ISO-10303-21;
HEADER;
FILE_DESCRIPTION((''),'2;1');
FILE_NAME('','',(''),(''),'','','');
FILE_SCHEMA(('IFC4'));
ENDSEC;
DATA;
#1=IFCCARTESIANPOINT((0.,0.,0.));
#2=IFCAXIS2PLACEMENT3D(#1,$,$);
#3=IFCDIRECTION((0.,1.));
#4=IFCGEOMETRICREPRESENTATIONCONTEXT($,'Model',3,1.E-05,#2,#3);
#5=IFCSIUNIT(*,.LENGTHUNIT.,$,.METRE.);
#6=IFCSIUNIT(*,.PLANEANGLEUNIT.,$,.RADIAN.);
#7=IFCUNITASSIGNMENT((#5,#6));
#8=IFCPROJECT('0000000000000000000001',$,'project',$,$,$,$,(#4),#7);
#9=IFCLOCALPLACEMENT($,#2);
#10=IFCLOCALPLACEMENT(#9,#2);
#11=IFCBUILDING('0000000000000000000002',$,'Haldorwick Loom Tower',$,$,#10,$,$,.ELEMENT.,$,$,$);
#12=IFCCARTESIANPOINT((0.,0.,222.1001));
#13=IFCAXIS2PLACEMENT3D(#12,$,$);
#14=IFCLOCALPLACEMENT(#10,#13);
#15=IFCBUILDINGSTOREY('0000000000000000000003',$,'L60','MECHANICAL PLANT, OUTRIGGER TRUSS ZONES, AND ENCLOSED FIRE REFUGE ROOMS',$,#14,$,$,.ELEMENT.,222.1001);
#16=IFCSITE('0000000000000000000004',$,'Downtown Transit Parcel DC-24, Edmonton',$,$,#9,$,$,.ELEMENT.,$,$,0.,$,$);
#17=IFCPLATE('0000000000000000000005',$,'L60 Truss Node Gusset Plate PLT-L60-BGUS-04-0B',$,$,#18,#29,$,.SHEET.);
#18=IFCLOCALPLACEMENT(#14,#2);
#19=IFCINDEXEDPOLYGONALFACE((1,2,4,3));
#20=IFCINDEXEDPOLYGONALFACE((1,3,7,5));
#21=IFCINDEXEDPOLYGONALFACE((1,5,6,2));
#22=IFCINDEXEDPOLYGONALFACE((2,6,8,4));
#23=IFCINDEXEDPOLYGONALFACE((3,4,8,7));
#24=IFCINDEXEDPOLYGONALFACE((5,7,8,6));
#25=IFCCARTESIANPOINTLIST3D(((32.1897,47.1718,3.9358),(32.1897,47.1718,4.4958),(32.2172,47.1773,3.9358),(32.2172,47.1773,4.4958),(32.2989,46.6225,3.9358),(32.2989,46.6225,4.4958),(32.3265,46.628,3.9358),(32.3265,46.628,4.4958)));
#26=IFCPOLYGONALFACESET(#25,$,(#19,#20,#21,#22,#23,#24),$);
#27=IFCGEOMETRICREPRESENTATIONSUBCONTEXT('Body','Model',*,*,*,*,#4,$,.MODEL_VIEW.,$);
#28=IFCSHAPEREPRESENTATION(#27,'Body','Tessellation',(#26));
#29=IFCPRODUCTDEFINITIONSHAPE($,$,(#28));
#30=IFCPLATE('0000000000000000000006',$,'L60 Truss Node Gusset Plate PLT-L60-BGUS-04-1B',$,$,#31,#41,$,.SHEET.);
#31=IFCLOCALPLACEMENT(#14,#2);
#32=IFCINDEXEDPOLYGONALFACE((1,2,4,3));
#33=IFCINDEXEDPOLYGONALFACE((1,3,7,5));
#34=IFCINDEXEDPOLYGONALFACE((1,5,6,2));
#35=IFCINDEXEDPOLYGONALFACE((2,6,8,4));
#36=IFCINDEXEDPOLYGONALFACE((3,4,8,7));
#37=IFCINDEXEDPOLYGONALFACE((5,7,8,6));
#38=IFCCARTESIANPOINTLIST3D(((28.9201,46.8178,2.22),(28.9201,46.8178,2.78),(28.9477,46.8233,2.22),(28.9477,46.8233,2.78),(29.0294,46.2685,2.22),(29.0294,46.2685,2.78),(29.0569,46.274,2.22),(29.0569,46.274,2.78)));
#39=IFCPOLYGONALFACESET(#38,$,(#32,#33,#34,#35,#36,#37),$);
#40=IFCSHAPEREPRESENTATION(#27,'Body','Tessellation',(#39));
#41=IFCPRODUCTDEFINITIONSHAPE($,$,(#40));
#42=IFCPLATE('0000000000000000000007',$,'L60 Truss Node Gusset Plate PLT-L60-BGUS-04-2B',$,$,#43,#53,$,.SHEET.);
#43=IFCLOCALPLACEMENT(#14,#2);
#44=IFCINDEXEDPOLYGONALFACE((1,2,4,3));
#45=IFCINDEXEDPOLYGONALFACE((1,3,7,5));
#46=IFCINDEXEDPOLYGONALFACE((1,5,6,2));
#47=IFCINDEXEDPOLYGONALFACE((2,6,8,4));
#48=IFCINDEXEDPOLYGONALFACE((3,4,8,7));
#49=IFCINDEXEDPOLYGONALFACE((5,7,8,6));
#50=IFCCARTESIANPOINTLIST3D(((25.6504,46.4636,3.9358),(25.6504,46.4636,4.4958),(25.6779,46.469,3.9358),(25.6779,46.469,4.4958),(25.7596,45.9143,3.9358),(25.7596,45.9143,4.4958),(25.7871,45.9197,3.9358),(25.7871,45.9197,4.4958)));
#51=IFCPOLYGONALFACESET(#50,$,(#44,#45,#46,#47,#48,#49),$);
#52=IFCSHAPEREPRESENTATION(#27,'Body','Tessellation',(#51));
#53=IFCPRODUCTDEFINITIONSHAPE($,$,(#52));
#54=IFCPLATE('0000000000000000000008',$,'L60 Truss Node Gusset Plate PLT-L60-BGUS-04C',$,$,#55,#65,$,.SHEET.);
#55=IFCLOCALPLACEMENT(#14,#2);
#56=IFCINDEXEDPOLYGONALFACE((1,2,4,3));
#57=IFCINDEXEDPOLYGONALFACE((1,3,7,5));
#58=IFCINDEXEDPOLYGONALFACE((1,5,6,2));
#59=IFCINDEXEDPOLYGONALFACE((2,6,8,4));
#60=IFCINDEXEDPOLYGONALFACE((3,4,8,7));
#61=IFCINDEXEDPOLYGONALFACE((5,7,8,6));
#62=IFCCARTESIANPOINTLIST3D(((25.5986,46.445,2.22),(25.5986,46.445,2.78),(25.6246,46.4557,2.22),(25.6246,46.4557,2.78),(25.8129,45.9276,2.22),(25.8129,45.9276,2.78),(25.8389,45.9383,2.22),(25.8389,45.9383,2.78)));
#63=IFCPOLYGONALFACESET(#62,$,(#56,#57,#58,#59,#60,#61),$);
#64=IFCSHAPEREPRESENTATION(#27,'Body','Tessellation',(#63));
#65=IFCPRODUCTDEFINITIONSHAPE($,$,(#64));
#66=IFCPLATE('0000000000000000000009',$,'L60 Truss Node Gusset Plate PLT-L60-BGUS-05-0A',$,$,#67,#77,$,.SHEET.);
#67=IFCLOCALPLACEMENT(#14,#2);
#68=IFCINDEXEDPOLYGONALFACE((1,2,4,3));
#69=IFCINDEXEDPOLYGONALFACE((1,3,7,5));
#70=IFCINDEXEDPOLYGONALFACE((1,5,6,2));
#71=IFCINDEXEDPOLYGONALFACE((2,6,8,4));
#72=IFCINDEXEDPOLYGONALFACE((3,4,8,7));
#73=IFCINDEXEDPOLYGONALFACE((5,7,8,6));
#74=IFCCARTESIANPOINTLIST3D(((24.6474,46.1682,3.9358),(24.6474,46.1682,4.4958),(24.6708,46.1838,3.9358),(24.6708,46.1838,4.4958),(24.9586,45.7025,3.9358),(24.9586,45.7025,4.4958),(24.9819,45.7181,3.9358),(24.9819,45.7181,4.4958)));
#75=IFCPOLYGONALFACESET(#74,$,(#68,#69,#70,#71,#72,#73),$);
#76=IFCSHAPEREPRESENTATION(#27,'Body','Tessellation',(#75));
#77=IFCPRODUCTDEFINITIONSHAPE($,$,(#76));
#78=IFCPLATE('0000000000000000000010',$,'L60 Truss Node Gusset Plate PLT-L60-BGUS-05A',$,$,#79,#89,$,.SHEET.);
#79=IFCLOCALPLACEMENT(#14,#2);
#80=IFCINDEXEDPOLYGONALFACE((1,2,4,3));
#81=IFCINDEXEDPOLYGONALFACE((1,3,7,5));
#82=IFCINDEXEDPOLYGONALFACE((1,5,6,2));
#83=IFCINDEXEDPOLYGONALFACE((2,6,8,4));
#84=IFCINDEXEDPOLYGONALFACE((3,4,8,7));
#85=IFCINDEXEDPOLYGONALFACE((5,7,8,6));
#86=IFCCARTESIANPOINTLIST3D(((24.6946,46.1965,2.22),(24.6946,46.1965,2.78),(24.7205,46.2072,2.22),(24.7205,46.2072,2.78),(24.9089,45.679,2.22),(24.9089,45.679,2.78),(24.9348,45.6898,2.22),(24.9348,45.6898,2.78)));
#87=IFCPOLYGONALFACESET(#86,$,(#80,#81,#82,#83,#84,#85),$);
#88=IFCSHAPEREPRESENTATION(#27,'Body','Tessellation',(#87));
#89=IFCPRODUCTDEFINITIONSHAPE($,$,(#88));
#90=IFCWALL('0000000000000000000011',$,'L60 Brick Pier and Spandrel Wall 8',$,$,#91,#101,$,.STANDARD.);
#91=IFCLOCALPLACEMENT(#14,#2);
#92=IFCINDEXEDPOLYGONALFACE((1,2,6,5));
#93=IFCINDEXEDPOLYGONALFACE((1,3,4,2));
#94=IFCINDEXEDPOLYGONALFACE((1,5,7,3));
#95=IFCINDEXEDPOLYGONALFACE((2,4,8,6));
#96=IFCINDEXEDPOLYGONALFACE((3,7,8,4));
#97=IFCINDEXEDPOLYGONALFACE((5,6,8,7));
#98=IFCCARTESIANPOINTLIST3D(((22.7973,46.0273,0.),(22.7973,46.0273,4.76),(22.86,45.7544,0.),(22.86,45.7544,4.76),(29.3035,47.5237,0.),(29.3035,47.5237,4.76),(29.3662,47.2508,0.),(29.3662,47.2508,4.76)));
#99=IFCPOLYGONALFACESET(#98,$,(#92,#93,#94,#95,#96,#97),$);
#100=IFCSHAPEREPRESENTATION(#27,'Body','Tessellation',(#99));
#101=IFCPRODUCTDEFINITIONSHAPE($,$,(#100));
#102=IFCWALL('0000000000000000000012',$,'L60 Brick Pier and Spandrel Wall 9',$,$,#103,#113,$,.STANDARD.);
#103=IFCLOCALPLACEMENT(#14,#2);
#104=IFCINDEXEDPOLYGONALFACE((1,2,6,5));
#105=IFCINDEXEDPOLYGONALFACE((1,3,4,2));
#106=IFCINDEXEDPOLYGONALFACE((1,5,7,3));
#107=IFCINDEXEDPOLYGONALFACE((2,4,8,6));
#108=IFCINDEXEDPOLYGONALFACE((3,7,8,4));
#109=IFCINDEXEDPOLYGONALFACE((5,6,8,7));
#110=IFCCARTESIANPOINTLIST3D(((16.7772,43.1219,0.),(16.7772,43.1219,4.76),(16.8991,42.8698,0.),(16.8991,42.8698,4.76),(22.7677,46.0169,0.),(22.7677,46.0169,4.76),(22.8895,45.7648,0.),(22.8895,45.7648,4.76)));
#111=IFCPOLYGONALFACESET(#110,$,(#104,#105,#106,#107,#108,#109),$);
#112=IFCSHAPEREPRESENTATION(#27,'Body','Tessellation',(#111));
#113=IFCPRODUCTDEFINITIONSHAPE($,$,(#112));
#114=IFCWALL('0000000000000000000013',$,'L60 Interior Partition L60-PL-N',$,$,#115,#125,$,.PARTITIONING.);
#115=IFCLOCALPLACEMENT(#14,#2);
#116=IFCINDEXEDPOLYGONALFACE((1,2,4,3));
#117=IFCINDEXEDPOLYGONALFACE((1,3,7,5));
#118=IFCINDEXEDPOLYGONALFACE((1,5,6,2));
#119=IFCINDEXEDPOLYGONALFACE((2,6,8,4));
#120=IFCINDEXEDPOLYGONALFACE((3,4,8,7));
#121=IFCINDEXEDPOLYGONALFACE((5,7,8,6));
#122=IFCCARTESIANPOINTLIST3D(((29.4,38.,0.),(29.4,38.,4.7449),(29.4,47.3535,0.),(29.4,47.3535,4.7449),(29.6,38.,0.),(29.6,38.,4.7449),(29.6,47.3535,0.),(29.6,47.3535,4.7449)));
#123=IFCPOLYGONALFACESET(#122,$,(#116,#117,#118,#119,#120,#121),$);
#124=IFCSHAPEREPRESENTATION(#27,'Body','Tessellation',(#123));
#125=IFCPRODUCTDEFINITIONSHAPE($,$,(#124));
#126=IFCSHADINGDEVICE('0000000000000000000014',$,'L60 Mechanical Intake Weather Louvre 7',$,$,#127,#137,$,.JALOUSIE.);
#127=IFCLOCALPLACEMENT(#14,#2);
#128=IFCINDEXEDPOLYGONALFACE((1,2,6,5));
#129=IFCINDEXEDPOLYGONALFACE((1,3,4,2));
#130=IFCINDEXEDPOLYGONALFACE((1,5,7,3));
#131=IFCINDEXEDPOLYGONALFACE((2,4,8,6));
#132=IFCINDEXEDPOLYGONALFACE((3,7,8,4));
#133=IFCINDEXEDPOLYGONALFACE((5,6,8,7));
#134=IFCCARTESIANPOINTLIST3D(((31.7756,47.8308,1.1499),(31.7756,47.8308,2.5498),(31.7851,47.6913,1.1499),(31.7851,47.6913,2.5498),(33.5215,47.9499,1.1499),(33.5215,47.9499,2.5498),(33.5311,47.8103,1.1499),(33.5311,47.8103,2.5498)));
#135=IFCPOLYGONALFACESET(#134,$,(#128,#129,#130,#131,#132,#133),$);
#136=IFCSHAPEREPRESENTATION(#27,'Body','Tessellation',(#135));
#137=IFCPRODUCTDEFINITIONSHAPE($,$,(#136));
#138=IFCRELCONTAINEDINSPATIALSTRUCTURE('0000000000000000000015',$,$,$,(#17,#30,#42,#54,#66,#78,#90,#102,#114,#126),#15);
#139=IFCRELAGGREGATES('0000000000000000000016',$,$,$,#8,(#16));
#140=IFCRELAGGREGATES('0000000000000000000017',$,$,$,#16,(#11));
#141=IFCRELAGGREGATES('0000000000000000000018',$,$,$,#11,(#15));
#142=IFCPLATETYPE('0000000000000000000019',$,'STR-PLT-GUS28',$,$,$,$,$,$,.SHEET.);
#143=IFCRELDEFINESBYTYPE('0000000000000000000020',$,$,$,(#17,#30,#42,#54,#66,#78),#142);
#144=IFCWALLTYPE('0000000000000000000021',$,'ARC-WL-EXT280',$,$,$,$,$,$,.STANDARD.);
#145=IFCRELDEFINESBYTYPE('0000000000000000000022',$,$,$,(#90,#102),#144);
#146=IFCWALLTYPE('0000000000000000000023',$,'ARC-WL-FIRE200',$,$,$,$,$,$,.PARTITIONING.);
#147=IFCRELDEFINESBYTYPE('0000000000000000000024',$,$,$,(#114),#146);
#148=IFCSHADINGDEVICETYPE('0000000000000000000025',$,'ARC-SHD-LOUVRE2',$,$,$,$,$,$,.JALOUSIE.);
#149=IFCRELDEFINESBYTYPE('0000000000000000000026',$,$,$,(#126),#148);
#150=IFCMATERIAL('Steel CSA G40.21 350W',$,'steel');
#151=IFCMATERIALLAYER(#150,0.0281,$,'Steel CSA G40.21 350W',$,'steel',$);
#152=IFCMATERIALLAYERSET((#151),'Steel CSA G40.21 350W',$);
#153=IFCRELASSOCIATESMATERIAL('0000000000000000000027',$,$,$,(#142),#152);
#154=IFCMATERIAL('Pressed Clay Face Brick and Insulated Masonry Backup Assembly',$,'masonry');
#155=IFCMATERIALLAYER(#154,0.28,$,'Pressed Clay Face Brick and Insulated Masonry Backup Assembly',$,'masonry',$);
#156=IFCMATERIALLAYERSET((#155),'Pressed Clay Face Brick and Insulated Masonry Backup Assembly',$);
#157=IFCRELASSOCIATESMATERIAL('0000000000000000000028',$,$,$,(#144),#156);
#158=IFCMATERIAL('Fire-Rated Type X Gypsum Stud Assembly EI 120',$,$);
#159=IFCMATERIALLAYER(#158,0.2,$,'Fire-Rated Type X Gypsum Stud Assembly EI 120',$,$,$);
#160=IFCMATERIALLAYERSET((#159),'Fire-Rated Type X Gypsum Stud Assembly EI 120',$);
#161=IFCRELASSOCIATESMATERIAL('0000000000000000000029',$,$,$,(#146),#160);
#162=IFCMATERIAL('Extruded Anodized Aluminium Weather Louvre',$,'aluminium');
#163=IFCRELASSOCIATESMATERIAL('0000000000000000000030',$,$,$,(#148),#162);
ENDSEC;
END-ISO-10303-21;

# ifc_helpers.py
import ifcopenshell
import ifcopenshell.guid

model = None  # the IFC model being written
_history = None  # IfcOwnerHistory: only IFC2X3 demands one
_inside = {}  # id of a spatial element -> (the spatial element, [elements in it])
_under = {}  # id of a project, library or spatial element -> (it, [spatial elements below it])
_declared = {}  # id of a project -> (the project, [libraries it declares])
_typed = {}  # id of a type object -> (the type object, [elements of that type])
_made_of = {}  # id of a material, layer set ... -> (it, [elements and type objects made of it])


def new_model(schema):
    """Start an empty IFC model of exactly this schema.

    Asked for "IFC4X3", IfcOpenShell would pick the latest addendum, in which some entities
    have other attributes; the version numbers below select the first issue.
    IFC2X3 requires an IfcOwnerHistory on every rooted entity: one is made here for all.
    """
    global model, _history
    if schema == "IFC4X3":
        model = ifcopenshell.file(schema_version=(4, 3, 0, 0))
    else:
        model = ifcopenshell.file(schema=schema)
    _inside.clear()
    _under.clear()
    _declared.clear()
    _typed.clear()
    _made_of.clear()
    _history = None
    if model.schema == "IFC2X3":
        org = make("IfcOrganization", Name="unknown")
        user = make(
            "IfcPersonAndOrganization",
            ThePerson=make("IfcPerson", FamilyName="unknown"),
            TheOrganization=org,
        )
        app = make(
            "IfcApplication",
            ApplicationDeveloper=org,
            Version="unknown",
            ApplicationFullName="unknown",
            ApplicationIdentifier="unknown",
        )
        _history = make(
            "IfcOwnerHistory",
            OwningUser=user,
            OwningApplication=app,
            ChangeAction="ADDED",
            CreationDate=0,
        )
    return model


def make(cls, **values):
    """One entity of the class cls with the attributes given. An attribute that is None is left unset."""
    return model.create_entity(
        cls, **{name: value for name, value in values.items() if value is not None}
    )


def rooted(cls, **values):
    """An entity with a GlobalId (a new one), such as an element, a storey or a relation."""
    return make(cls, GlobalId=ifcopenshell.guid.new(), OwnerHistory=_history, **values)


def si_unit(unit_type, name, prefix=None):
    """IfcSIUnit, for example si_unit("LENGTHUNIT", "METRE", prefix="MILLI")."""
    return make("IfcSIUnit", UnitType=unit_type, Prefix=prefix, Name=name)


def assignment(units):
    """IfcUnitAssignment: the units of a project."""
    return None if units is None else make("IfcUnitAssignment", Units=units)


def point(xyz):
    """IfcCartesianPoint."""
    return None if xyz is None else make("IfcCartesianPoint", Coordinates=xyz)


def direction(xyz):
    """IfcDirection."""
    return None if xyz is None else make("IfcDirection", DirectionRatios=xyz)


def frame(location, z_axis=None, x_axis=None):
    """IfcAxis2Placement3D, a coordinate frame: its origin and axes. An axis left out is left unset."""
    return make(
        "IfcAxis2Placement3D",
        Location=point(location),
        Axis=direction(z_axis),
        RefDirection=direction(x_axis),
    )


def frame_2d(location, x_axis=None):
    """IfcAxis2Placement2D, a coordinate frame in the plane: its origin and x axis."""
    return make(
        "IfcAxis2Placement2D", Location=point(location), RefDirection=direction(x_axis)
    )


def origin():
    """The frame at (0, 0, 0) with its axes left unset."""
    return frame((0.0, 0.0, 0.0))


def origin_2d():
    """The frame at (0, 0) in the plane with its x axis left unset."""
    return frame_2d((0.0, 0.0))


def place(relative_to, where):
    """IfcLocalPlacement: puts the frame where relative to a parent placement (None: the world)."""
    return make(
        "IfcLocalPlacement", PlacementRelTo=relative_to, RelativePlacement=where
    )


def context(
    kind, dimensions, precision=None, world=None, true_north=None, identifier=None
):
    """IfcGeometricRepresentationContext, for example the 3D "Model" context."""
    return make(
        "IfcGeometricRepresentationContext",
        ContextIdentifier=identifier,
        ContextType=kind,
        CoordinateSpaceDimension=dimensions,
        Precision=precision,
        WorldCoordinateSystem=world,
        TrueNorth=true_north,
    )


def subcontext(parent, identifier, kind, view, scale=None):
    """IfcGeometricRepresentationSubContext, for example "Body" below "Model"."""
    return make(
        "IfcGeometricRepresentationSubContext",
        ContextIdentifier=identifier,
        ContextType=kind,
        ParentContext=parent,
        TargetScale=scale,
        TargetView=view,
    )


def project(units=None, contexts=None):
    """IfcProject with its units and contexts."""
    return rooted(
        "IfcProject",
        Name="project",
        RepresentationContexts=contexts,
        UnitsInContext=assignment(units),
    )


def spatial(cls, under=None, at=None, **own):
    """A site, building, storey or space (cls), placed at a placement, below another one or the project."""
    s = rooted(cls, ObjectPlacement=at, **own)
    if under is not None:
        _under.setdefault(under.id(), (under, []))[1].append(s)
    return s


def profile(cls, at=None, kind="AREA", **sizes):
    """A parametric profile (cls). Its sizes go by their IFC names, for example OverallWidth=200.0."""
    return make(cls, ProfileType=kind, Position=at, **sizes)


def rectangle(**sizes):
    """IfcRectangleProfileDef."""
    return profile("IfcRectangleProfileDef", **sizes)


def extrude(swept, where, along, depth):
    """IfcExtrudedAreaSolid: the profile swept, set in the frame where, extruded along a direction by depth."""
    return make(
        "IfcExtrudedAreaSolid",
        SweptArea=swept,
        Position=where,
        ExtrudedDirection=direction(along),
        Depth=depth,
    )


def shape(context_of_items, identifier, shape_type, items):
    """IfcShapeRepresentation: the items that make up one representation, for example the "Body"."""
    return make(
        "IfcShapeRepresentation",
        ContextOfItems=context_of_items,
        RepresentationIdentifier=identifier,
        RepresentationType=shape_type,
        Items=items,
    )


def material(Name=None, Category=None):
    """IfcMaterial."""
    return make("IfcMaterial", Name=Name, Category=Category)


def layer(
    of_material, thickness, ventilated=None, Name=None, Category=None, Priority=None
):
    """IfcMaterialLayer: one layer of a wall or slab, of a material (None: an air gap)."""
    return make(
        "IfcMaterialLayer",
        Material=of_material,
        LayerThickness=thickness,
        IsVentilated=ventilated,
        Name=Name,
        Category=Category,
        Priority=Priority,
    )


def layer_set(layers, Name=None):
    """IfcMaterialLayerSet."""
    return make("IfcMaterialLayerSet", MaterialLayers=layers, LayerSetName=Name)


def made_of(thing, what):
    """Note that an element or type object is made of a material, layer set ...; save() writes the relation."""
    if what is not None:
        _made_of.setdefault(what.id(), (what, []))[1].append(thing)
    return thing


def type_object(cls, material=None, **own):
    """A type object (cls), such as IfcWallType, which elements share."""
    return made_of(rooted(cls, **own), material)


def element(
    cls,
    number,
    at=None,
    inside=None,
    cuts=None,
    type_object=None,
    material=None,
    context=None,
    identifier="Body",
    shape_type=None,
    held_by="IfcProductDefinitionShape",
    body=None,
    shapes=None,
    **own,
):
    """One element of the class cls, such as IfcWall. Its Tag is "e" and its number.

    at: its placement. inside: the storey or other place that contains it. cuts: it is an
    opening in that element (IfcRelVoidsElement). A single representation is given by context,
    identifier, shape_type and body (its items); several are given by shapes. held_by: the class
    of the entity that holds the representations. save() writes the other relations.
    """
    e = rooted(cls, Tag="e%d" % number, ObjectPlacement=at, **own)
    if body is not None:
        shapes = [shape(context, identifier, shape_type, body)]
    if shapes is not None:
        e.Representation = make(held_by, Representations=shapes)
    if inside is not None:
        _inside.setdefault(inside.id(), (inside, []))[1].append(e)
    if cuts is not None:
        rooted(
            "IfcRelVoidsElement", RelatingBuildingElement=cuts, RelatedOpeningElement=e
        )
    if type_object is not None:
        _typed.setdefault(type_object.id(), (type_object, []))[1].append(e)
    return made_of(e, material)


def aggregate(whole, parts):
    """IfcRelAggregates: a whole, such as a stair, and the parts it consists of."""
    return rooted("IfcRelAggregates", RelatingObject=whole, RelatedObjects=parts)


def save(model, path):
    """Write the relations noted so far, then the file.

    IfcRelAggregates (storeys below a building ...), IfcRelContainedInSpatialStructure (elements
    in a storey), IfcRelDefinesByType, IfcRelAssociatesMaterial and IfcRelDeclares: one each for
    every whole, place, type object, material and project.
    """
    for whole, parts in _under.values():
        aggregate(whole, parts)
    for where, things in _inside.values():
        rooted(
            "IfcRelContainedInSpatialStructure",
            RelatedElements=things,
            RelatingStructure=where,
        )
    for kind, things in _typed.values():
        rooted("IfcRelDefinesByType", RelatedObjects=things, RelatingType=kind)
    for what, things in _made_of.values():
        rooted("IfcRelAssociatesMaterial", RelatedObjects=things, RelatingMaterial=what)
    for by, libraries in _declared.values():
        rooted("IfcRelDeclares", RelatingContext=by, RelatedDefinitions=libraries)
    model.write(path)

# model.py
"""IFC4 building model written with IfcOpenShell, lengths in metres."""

from ifc_helpers import new_model, si_unit, direction, frame, frame_2d, origin, origin_2d, place, context, subcontext, project, spatial, rectangle, extrude, material, layer, layer_set, type_object, element, save


model = new_model("IFC4")

# Units and contexts
model_context = context("Model", 3, precision=1e-05, world=origin(), true_north=direction((0.0, 1.0)))
body_context = subcontext(model_context, "Body", "Model", "MODEL_VIEW")
ifc_project = project(units=[si_unit("LENGTHUNIT", "METRE"), si_unit("PLANEANGLEUNIT", "RADIAN")], contexts=[model_context])

# Site, building, storey
site_placement = place(None, origin())
site = spatial("IfcSite", under=ifc_project, at=site_placement, Name="Downtown Transit Parcel DC-24, Edmonton", CompositionType="ELEMENT", RefElevation=0.0)
building_placement = place(site_placement, origin())
building = spatial("IfcBuilding", under=site, at=building_placement, Name="Haldorwick Loom Tower", CompositionType="ELEMENT")
storey_placement = place(building_placement, frame((0.0, 0.0, 222.1001)))
storey = spatial("IfcBuildingStorey", under=building, at=storey_placement, Name="L60", Description="MECHANICAL PLANT, OUTRIGGER TRUSS ZONES, AND ENCLOSED FIRE REFUGE ROOMS", CompositionType="ELEMENT", Elevation=222.1001)

# Shared definitions
ifc_material_1 = material(Name="Steel CSA G40.21 350W", Category="steel")

# Plates
ifc_layer_1 = layer(ifc_material_1, 0.0281, Name="Steel CSA G40.21 350W", Category="steel")
ifc_layer_set_1 = layer_set([ifc_layer_1], Name="Steel CSA G40.21 350W")
plate_type = type_object("IfcPlateType", Name="STR-PLT-GUS28", PredefinedType="SHEET", material=ifc_layer_set_1)
for number, where, z_axis, x_axis, name in (
    (1, (32.2581, 46.8999, 3.9358), (0.0, 0.0, 1.0), (-0.19509, 0.980785, 0.0), "L60 Truss Node Gusset Plate PLT-L60-BGUS-04-0B"),
    (2, (28.9885, 46.5459, 2.22), (0.0, 0.0, 1.0), (-0.19509, 0.980785, 0.0), "L60 Truss Node Gusset Plate PLT-L60-BGUS-04-1B"),
    (3, (25.7188, 46.1917, 3.9358), (0.0, 0.0, 1.0), (-0.19509, 0.980785, 0.0), "L60 Truss Node Gusset Plate PLT-L60-BGUS-04-2B"),
    (4, (25.7188, 46.1917, 2.22), (0.0, 0.0, 1.0), (-0.382683, 0.92388, 0.0), "L60 Truss Node Gusset Plate PLT-L60-BGUS-04C"),
    (5, (24.8147, 45.9431, 3.9358), (0.0, 0.0, 1.0), (-0.55557, 0.83147, 0.0), "L60 Truss Node Gusset Plate PLT-L60-BGUS-05-0A"),
    (6, (24.8147, 45.9431, 2.22), (0.0, 0.0, 1.0), (-0.382683, 0.92388, 0.0), "L60 Truss Node Gusset Plate PLT-L60-BGUS-05A"),
):
    element("IfcPlate", number, at=place(storey_placement, frame(where, z_axis=z_axis, x_axis=x_axis)), inside=storey, type_object=plate_type, Name=name, PredefinedType="SHEET", context=body_context, shape_type="SweptSolid", body=[
        extrude(rectangle(XDim=0.5601, YDim=0.0281, at=origin_2d()), origin(), (0.0, 0.0, 1.0), 0.5601),
    ])

# Walls
ifc_material_2 = material(Name="Pressed Clay Face Brick and Insulated Masonry Backup Assembly", Category="masonry")
ifc_layer_2 = layer(ifc_material_2, 0.28, Name="Pressed Clay Face Brick and Insulated Masonry Backup Assembly", Category="masonry")
ifc_layer_set_2 = layer_set([ifc_layer_2], Name="Pressed Clay Face Brick and Insulated Masonry Backup Assembly")
wall_type_1 = type_object("IfcWallType", Name="ARC-WL-EXT280", PredefinedType="STANDARD", material=ifc_layer_set_2)
wall_1_placement = place(storey_placement, frame((29.3347, 47.3872, 0.0), z_axis=(0.0, 0.0, 1.0), x_axis=(-0.974557, -0.224138, 0.0)))
element("IfcWall", 7, at=wall_1_placement, inside=storey, type_object=wall_type_1, Name="L60 Brick Pier and Spandrel Wall 8", PredefinedType="STANDARD", context=body_context, shape_type="SweptSolid", body=[
    extrude(rectangle(XDim=6.676, YDim=0.28, at=frame_2d((3.3379, 0.0))), origin(), (0.0, 0.0, 1.0), 4.76),
])
wall_2_placement = place(storey_placement, frame((22.8286, 45.8909, 0.0), z_axis=(0.0, 0.0, 1.0), x_axis=(-0.900371, -0.435123, 0.0)))
element("IfcWall", 8, at=wall_2_placement, inside=storey, type_object=wall_type_1, Name="L60 Brick Pier and Spandrel Wall 9", PredefinedType="STANDARD", context=body_context, shape_type="SweptSolid", body=[
    extrude(rectangle(XDim=6.6533, YDim=0.28, at=frame_2d((3.3267, 0.0))), origin(), (0.0, 0.0, 1.0), 4.76),
])
ifc_material_3 = material(Name="Fire-Rated Type X Gypsum Stud Assembly EI 120")
ifc_layer_3 = layer(ifc_material_3, 0.2, Name="Fire-Rated Type X Gypsum Stud Assembly EI 120")
ifc_layer_set_3 = layer_set([ifc_layer_3], Name="Fire-Rated Type X Gypsum Stud Assembly EI 120")
wall_type_2 = type_object("IfcWallType", Name="ARC-WL-FIRE200", PredefinedType="PARTITIONING", material=ifc_layer_set_3)
wall_3_placement = place(storey_placement, frame((29.5, 38.0, 0.0), z_axis=(0.0, 0.0, 1.0), x_axis=(0.0, 1.0, 0.0)))
element("IfcWall", 9, at=wall_3_placement, inside=storey, type_object=wall_type_2, Name="L60 Interior Partition L60-PL-N", PredefinedType="PARTITIONING", context=body_context, shape_type="SweptSolid", body=[
    extrude(rectangle(XDim=9.3535, YDim=0.2, at=frame_2d((4.6768, 0.0))), origin(), (0.0, 0.0, 1.0), 4.7449),
])

# Shading device
ifc_material_4 = material(Name="Extruded Anodized Aluminium Weather Louvre", Category="aluminium")
shading_device_type = type_object("IfcShadingDeviceType", Name="ARC-SHD-LOUVRE2", PredefinedType="JALOUSIE", material=ifc_material_4)
shading_device_placement = place(storey_placement, frame((32.6533, 47.8206, 1.1499), z_axis=(0.0, 0.0, 1.0), x_axis=(-0.997684, -0.068015, 0.0)))
element("IfcShadingDevice", 10, at=shading_device_placement, inside=storey, type_object=shading_device_type, Name="L60 Mechanical Intake Weather Louvre 7", PredefinedType="JALOUSIE", context=body_context, shape_type="SweptSolid", body=[
    extrude(rectangle(XDim=1.75, YDim=0.1399, at=origin_2d()), origin(), (0.0, 0.0, 1.0), 1.3999),
])

save(model, "model.ifc")
